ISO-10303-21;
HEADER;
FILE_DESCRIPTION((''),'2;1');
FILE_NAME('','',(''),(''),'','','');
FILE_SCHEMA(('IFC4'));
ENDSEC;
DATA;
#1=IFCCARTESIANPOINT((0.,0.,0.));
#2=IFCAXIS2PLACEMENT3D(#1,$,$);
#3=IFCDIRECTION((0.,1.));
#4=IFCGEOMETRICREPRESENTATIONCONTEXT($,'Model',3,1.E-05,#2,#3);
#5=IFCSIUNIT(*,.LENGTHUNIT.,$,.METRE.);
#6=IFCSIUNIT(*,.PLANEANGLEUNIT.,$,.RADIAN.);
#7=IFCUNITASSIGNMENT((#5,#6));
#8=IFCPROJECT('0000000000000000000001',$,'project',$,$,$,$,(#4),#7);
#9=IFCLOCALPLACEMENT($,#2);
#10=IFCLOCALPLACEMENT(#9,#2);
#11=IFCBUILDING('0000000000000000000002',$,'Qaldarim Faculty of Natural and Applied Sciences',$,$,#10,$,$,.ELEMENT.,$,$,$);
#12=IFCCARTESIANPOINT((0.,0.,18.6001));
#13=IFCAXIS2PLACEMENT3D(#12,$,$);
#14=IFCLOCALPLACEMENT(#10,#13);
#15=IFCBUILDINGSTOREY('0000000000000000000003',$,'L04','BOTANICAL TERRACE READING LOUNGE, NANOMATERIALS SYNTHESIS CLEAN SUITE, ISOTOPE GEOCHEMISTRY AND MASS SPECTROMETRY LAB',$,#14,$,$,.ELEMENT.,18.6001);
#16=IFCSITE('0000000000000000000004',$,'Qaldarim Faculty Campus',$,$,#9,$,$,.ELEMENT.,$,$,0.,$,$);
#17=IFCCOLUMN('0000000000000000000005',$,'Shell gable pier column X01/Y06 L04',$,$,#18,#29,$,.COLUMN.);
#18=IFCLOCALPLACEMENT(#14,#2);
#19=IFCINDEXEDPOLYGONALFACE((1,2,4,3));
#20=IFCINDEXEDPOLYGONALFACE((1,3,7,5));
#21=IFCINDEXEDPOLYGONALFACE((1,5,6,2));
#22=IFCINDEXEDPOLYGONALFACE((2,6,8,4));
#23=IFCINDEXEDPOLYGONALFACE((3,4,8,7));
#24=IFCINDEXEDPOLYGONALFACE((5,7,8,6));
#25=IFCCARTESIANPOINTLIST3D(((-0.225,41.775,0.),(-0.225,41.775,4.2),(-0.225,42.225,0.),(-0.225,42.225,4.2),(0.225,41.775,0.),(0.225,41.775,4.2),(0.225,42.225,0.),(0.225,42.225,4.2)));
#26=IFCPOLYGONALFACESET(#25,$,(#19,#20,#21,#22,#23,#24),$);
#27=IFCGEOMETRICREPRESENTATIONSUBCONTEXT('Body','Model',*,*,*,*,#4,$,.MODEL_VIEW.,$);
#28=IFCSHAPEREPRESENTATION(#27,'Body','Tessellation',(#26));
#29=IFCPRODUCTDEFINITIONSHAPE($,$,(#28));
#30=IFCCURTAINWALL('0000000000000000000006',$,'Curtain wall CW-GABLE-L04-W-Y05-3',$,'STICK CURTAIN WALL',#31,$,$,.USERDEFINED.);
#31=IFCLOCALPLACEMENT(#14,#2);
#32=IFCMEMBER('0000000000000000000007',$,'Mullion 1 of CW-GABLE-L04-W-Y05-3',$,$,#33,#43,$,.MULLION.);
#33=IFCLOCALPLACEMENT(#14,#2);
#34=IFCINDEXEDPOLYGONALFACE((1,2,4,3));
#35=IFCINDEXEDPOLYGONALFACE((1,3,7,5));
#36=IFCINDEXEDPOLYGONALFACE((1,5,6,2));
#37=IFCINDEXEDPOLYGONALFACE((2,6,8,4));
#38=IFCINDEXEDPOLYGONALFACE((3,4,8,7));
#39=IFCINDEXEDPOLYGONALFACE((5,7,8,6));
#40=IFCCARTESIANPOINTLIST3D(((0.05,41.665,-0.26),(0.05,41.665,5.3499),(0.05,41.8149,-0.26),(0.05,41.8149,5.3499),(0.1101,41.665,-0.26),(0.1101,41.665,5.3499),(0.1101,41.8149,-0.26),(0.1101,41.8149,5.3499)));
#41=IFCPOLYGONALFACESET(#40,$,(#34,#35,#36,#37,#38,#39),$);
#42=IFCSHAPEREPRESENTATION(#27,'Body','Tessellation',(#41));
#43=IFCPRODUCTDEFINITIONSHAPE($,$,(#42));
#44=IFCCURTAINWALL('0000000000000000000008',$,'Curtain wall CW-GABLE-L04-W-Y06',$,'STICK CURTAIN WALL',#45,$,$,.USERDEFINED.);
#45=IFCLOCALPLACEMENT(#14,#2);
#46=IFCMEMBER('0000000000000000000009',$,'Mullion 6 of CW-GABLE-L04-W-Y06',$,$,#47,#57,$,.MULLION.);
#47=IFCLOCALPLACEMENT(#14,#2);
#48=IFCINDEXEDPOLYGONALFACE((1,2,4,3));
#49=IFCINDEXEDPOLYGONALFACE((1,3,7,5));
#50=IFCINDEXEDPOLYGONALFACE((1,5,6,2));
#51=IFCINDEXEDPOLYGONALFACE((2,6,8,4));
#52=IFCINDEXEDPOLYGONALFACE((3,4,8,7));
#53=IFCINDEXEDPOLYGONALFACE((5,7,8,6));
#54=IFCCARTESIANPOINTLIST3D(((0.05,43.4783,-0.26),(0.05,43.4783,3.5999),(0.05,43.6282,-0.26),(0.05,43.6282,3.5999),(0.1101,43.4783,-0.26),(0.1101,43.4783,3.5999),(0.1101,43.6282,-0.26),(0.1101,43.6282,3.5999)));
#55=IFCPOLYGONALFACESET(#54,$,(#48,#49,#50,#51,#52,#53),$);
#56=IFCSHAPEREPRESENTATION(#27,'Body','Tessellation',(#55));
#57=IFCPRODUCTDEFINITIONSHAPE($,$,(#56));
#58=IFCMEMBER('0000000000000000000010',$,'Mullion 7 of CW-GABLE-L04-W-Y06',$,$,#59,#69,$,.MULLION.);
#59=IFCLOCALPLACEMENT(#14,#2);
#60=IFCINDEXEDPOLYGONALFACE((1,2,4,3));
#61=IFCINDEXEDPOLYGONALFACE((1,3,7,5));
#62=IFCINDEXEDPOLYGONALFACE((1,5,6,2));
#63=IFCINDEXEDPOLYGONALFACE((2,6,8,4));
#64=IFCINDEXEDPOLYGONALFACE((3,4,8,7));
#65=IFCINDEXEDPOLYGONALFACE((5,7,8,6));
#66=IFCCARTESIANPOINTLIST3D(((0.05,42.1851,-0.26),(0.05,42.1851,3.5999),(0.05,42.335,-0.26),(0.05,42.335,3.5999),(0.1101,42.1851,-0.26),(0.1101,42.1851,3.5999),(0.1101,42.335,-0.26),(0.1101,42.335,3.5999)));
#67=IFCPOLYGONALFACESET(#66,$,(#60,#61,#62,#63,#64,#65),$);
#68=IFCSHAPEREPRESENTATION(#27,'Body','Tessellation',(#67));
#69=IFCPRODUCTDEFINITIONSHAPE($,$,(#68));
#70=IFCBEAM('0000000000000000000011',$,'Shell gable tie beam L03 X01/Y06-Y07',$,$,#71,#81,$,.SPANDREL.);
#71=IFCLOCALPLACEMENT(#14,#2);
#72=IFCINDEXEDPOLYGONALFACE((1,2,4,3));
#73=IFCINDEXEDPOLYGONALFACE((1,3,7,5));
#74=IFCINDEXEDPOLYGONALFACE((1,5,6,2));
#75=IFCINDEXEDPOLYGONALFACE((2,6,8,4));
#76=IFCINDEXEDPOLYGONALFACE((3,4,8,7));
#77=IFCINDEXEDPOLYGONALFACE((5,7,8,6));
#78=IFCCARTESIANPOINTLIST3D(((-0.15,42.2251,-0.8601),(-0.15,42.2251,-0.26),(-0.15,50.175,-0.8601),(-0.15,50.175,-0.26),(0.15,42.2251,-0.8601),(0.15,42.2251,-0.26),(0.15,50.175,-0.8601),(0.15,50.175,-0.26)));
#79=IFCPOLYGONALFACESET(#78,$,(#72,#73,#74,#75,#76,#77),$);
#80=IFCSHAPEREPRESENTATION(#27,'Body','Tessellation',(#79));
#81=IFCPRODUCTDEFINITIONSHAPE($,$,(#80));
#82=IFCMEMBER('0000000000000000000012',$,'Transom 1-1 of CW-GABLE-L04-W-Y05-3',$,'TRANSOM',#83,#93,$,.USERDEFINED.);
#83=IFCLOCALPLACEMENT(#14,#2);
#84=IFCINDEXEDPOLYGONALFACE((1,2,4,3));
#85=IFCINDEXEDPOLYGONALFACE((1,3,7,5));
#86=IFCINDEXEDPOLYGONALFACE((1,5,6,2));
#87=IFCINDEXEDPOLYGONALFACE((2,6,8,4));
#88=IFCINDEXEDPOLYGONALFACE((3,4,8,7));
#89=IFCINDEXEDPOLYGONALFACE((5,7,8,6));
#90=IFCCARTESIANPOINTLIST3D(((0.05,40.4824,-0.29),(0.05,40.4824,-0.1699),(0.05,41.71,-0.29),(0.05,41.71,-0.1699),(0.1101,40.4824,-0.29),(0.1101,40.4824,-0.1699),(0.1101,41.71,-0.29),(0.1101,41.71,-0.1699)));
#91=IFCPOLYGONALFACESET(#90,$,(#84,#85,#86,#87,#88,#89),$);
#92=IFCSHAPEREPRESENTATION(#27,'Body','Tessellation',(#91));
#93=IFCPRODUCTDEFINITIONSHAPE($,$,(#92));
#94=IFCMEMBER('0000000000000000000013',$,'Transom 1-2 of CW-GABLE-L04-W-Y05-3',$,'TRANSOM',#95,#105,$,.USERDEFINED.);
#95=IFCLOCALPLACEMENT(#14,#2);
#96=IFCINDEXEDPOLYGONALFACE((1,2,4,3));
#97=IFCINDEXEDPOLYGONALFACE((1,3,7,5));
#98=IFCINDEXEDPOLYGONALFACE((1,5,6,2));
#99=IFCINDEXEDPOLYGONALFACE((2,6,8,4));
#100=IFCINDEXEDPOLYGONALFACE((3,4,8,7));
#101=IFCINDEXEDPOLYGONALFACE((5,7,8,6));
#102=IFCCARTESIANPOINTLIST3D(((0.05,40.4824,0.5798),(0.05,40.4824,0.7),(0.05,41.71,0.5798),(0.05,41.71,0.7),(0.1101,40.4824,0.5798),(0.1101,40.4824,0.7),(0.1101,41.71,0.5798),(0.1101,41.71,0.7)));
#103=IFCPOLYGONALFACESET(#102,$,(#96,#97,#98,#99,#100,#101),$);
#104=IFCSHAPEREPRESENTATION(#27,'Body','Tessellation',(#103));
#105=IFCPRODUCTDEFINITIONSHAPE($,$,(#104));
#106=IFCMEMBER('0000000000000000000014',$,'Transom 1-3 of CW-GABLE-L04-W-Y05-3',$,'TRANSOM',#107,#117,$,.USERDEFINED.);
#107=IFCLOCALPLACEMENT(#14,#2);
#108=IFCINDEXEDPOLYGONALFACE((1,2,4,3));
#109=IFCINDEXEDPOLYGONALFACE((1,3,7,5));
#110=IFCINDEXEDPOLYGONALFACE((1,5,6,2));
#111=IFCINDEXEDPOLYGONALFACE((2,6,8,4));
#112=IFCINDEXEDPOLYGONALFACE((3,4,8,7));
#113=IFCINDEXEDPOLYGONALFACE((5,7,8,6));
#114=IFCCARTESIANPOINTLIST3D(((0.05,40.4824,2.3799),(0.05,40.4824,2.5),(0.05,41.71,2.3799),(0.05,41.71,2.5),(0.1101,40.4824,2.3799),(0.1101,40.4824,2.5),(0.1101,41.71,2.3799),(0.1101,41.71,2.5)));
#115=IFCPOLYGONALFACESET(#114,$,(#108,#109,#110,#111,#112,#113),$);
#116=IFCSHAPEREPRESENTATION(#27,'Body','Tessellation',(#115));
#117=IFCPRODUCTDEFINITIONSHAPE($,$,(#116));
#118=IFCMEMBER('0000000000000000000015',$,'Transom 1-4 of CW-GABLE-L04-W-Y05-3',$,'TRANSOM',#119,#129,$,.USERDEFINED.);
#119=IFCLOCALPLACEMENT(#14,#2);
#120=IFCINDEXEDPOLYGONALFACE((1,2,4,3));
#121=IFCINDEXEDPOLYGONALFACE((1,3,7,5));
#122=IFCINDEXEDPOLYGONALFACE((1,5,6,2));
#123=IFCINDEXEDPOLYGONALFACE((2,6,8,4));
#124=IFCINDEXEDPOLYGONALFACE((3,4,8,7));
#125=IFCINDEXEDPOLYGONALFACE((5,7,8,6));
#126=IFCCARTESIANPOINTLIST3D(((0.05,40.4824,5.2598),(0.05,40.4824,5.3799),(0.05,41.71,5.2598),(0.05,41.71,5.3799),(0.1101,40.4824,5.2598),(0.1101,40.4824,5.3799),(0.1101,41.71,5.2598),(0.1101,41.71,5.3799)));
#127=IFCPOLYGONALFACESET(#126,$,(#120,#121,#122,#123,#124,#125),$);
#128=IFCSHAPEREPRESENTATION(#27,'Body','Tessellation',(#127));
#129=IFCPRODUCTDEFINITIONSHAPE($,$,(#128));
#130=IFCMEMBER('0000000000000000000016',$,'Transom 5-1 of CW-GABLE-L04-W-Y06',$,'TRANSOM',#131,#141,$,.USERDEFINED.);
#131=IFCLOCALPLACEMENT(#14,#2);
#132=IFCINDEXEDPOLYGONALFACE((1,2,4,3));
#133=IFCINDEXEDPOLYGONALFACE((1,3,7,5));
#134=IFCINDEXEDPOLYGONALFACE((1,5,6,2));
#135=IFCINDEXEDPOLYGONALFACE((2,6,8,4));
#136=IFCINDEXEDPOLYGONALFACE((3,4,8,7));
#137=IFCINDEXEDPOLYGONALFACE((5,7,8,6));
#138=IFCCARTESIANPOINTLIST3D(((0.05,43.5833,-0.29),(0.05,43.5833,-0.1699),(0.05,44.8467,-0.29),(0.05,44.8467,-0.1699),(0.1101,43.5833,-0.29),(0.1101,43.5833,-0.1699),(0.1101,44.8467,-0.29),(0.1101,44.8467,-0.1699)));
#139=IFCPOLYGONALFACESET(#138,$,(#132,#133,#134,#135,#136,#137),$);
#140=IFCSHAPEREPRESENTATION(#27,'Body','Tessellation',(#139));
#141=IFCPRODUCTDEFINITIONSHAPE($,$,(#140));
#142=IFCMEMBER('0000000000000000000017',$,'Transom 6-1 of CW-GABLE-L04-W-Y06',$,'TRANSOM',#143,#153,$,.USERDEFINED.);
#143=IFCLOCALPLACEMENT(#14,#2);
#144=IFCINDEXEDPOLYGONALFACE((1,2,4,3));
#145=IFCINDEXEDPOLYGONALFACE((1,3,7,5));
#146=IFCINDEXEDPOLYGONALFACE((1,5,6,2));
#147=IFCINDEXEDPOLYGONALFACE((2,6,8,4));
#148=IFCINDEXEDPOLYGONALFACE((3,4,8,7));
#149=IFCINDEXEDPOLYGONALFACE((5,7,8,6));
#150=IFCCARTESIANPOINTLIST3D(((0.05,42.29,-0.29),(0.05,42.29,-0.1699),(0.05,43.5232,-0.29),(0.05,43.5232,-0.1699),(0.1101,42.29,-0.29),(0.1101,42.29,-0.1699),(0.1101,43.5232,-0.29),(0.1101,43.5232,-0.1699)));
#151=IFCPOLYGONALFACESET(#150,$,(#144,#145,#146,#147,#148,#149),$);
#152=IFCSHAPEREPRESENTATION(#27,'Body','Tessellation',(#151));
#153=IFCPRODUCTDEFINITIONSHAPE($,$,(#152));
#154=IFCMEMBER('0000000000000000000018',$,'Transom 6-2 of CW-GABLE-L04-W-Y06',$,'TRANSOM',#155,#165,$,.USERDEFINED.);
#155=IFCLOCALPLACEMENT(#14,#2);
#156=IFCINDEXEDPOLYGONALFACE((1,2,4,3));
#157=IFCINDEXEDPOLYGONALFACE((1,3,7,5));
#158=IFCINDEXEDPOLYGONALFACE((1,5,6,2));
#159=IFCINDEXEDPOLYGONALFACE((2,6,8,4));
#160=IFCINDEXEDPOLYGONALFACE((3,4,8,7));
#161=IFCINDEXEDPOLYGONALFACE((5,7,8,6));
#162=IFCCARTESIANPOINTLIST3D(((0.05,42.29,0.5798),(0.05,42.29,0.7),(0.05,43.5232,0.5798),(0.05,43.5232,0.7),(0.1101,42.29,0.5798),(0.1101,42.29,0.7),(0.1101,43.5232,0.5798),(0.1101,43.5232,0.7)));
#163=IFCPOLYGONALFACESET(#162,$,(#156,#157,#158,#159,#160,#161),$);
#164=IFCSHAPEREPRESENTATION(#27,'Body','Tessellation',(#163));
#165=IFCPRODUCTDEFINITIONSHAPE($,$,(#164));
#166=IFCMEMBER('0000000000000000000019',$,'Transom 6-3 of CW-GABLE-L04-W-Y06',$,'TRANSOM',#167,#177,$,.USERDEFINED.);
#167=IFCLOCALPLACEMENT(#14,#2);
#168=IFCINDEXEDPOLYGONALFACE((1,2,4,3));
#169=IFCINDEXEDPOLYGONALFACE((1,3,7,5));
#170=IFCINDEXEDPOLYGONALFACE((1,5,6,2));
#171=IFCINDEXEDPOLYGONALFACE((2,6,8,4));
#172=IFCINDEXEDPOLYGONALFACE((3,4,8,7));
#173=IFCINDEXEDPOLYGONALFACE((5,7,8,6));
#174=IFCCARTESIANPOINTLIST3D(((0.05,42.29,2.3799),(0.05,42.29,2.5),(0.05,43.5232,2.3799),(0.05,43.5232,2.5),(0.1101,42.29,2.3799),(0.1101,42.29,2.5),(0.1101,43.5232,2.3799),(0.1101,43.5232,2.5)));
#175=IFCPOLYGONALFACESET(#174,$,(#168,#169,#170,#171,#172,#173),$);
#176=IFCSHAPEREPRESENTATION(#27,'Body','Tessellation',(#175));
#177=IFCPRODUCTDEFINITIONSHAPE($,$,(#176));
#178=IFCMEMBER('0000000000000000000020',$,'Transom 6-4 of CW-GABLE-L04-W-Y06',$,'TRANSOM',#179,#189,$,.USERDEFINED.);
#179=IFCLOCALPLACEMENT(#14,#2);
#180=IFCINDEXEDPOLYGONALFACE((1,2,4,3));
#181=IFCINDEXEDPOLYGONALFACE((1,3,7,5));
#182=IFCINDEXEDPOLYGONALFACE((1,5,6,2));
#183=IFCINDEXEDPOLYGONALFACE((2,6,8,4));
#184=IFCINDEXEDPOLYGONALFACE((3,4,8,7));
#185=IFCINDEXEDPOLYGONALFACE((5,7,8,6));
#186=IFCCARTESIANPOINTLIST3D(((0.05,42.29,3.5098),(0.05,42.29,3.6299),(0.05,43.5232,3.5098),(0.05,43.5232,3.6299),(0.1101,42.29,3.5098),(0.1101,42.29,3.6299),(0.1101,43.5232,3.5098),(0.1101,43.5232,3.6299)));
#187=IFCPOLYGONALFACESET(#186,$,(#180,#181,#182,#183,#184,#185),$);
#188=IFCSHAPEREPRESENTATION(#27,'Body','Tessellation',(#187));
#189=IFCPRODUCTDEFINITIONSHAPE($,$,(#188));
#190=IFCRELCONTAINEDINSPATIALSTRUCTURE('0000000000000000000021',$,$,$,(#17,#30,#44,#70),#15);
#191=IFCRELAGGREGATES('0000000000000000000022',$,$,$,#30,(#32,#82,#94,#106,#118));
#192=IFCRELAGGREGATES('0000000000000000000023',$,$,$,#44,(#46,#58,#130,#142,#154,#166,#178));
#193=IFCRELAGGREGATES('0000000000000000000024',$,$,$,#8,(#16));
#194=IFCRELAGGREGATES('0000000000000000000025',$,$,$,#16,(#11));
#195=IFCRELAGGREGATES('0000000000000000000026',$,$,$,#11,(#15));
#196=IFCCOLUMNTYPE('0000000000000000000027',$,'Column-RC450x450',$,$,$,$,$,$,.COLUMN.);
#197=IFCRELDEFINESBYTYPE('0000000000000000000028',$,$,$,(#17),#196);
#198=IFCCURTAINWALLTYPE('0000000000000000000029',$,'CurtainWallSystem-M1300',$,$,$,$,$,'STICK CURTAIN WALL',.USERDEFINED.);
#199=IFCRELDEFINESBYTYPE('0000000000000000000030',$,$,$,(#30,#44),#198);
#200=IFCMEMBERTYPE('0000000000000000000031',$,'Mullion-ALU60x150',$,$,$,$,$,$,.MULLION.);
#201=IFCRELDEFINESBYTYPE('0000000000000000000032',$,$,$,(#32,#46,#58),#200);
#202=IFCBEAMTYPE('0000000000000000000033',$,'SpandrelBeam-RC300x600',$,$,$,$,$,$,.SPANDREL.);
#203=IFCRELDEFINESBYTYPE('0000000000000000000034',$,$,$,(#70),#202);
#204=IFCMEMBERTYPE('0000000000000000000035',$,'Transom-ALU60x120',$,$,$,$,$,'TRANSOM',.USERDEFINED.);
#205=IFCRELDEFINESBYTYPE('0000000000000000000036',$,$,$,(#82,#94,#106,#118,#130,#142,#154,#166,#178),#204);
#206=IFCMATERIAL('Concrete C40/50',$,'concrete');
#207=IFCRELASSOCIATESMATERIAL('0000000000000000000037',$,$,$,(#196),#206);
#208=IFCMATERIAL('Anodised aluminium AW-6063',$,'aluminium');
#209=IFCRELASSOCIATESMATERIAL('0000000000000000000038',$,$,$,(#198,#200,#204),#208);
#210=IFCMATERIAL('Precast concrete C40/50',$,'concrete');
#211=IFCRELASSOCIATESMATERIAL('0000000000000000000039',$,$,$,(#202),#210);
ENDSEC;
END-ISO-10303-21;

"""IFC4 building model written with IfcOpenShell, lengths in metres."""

from ifc_helpers import new_model, si_unit, direction, frame, origin, origin_2d, place, context, subcontext, project, spatial, rectangle, extrude, material, material_profile, profile_set, type_object, element, aggregate, save


model = new_model("IFC4")

# Units and contexts
model_context = context("Model", 3, precision=1e-05, world=origin(), true_north=direction((0.0, 1.0)))
body_context = subcontext(model_context, "Body", "Model", "MODEL_VIEW")
ifc_project = project(units=[si_unit("LENGTHUNIT", "METRE"), si_unit("PLANEANGLEUNIT", "RADIAN")], contexts=[model_context])

# Site, building, storey
site_placement = place(None, origin())
site = spatial("IfcSite", under=ifc_project, at=site_placement, Name="Qaldarim Faculty Campus", CompositionType="ELEMENT", RefElevation=0.0)
building_placement = place(site_placement, origin())
building = spatial("IfcBuilding", under=site, at=building_placement, Name="Qaldarim Faculty of Natural and Applied Sciences", CompositionType="ELEMENT")
storey_placement = place(building_placement, frame((0.0, 0.0, 18.6001)))
storey = spatial("IfcBuildingStorey", under=building, at=storey_placement, Name="L04", Description="BOTANICAL TERRACE READING LOUNGE, NANOMATERIALS SYNTHESIS CLEAN SUITE, ISOTOPE GEOCHEMISTRY AND MASS SPECTROMETRY LAB", CompositionType="ELEMENT", Elevation=18.6001)

# Column
ifc_material_1 = material(Name="Concrete C40/50", Category="concrete")
ifc_material_profile_1 = material_profile(ifc_material_1, rectangle(XDim=0.45, YDim=0.45, at=origin_2d()), Name="RC-C450x450")
ifc_profile_set_1 = profile_set([ifc_material_profile_1], Name="Concrete C40/50")
column_type = type_object("IfcColumnType", Name="Column-RC450x450", PredefinedType="COLUMN", material=ifc_profile_set_1)
column_placement = place(storey_placement, frame((0.0, 42.0, 0.0), z_axis=(0.0, 0.0, 1.0), x_axis=(1.0, 0.0, 0.0)))
element("IfcColumn", 1, at=column_placement, inside=storey, type_object=column_type, Name="Shell gable pier column X01/Y06 L04", PredefinedType="COLUMN", context=body_context, shape_type="SweptSolid", body=[
    extrude(rectangle(XDim=0.45, YDim=0.45, at=origin_2d()), origin(), (0.0, 0.0, 1.0), 4.2),
])

# Curtain wall, member
ifc_material_2 = material(Name="Anodised aluminium AW-6063", Category="aluminium")
curtain_wall_type = type_object("IfcCurtainWallType", Name="CurtainWallSystem-M1300", ElementType="STICK CURTAIN WALL", PredefinedType="USERDEFINED", material=ifc_material_2)
curtain_wall_1_placement = place(storey_placement, origin())
curtain_wall_1 = element("IfcCurtainWall", 2, at=curtain_wall_1_placement, inside=storey, type_object=curtain_wall_type, Name="Curtain wall CW-GABLE-L04-W-Y05-3", ObjectType="STICK CURTAIN WALL", PredefinedType="USERDEFINED")
ifc_material_profile_2 = material_profile(ifc_material_2, rectangle(XDim=0.0601, YDim=0.1499, at=origin_2d()), Name="ALU-M60x150")
ifc_profile_set_2 = profile_set([ifc_material_profile_2], Name="Anodised aluminium AW-6063")
member_type_1 = type_object("IfcMemberType", Name="Mullion-ALU60x150", PredefinedType="MULLION", material=ifc_profile_set_2)
member_1_placement = place(storey_placement, frame((0.0801, 41.74, -0.26), z_axis=(0.0, 0.0, 1.0), x_axis=(1.0, 0.0, 0.0)))
member_1 = element("IfcMember", 3, at=member_1_placement, type_object=member_type_1, Name="Mullion 1 of CW-GABLE-L04-W-Y05-3", PredefinedType="MULLION", context=body_context, shape_type="SweptSolid", body=[
    extrude(rectangle(XDim=0.0601, YDim=0.1499, at=origin_2d()), origin(), (0.0, 0.0, 1.0), 5.6099),
])

# Curtain wall, members
curtain_wall_2_placement = place(storey_placement, origin())
curtain_wall_2 = element("IfcCurtainWall", 4, at=curtain_wall_2_placement, inside=storey, type_object=curtain_wall_type, Name="Curtain wall CW-GABLE-L04-W-Y06", ObjectType="STICK CURTAIN WALL", PredefinedType="USERDEFINED")
member_2_placement = place(storey_placement, frame((0.0801, 43.5532, -0.26), z_axis=(0.0, 0.0, 1.0), x_axis=(1.0, 0.0, 0.0)))
member_2 = element("IfcMember", 5, at=member_2_placement, type_object=member_type_1, Name="Mullion 6 of CW-GABLE-L04-W-Y06", PredefinedType="MULLION", context=body_context, shape_type="SweptSolid", body=[
    extrude(rectangle(XDim=0.0601, YDim=0.1499, at=origin_2d()), origin(), (0.0, 0.0, 1.0), 3.8599),
])
member_3_placement = place(storey_placement, frame((0.0801, 42.26, -0.26), z_axis=(0.0, 0.0, 1.0), x_axis=(1.0, 0.0, 0.0)))
member_3 = element("IfcMember", 6, at=member_3_placement, type_object=member_type_1, Name="Mullion 7 of CW-GABLE-L04-W-Y06", PredefinedType="MULLION", context=body_context, shape_type="SweptSolid", body=[
    extrude(rectangle(XDim=0.0601, YDim=0.1499, at=origin_2d()), origin(), (0.0, 0.0, 1.0), 3.8599),
])

# Beam
ifc_material_3 = material(Name="Precast concrete C40/50", Category="concrete")
ifc_material_profile_3 = material_profile(ifc_material_3, rectangle(XDim=0.3, YDim=0.6001, at=origin_2d()), Name="RC-SP300x600")
ifc_profile_set_3 = profile_set([ifc_material_profile_3], Name="Precast concrete C40/50")
beam_type = type_object("IfcBeamType", Name="SpandrelBeam-RC300x600", PredefinedType="SPANDREL", material=ifc_profile_set_3)
beam_placement = place(storey_placement, frame((0.0, 42.2251, -0.5601), z_axis=(0.0, 1.0, 0.0), x_axis=(-1.0, 0.0, 0.0)))
element("IfcBeam", 7, at=beam_placement, inside=storey, type_object=beam_type, Name="Shell gable tie beam L03 X01/Y06-Y07", PredefinedType="SPANDREL", context=body_context, shape_type="SweptSolid", body=[
    extrude(rectangle(XDim=0.3, YDim=0.6001, at=origin_2d()), origin(), (0.0, 0.0, 1.0), 7.95),
])

# Members
ifc_material_profile_4 = material_profile(ifc_material_2, rectangle(XDim=0.0601, YDim=0.1201, at=origin_2d()), Name="ALU-T60x120")
ifc_profile_set_4 = profile_set([ifc_material_profile_4], Name="Anodised aluminium AW-6063")
member_type_2 = type_object("IfcMemberType", Name="Transom-ALU60x120", ElementType="TRANSOM", PredefinedType="USERDEFINED", material=ifc_profile_set_4)
member_4_placement = place(storey_placement, frame((0.0801, 41.71, -0.23), z_axis=(0.0, -1.0, 0.0), x_axis=(1.0, 0.0, 0.0)))
member_4 = element("IfcMember", 8, at=member_4_placement, type_object=member_type_2, Name="Transom 1-1 of CW-GABLE-L04-W-Y05-3", ObjectType="TRANSOM", PredefinedType="USERDEFINED", context=body_context, shape_type="SweptSolid", body=[
    extrude(rectangle(XDim=0.0601, YDim=0.1201, at=origin_2d()), origin(), (0.0, 0.0, 1.0), 1.2275),
])
member_5_placement = place(storey_placement, frame((0.0801, 41.71, 0.6399), z_axis=(0.0, -1.0, 0.0), x_axis=(1.0, 0.0, 0.0)))
member_5 = element("IfcMember", 9, at=member_5_placement, type_object=member_type_2, Name="Transom 1-2 of CW-GABLE-L04-W-Y05-3", ObjectType="TRANSOM", PredefinedType="USERDEFINED", context=body_context, shape_type="SweptSolid", body=[
    extrude(rectangle(XDim=0.0601, YDim=0.1201, at=origin_2d()), origin(), (0.0, 0.0, 1.0), 1.2275),
])
member_6_placement = place(storey_placement, frame((0.0801, 41.71, 2.4399), z_axis=(0.0, -1.0, 0.0), x_axis=(1.0, 0.0, 0.0)))
member_6 = element("IfcMember", 10, at=member_6_placement, type_object=member_type_2, Name="Transom 1-3 of CW-GABLE-L04-W-Y05-3", ObjectType="TRANSOM", PredefinedType="USERDEFINED", context=body_context, shape_type="SweptSolid", body=[
    extrude(rectangle(XDim=0.0601, YDim=0.1201, at=origin_2d()), origin(), (0.0, 0.0, 1.0), 1.2275),
])
member_7_placement = place(storey_placement, frame((0.0801, 41.71, 5.3198), z_axis=(0.0, -1.0, 0.0), x_axis=(1.0, 0.0, 0.0)))
member_7 = element("IfcMember", 11, at=member_7_placement, type_object=member_type_2, Name="Transom 1-4 of CW-GABLE-L04-W-Y05-3", ObjectType="TRANSOM", PredefinedType="USERDEFINED", context=body_context, shape_type="SweptSolid", body=[
    extrude(rectangle(XDim=0.0601, YDim=0.1201, at=origin_2d()), origin(), (0.0, 0.0, 1.0), 1.2275),
])
member_8_placement = place(storey_placement, frame((0.0801, 44.8467, -0.23), z_axis=(0.0, -1.0, 0.0), x_axis=(1.0, 0.0, 0.0)))
member_8 = element("IfcMember", 12, at=member_8_placement, type_object=member_type_2, Name="Transom 5-1 of CW-GABLE-L04-W-Y06", ObjectType="TRANSOM", PredefinedType="USERDEFINED", context=body_context, shape_type="SweptSolid", body=[
    extrude(rectangle(XDim=0.0601, YDim=0.1201, at=origin_2d()), origin(), (0.0, 0.0, 1.0), 1.2634),
])
member_9_placement = place(storey_placement, frame((0.0801, 43.5232, -0.23), z_axis=(0.0, -1.0, 0.0), x_axis=(1.0, 0.0, 0.0)))
member_9 = element("IfcMember", 13, at=member_9_placement, type_object=member_type_2, Name="Transom 6-1 of CW-GABLE-L04-W-Y06", ObjectType="TRANSOM", PredefinedType="USERDEFINED", context=body_context, shape_type="SweptSolid", body=[
    extrude(rectangle(XDim=0.0601, YDim=0.1201, at=origin_2d()), origin(), (0.0, 0.0, 1.0), 1.2332),
])
member_10_placement = place(storey_placement, frame((0.0801, 43.5232, 0.6399), z_axis=(0.0, -1.0, 0.0), x_axis=(1.0, 0.0, 0.0)))
member_10 = element("IfcMember", 14, at=member_10_placement, type_object=member_type_2, Name="Transom 6-2 of CW-GABLE-L04-W-Y06", ObjectType="TRANSOM", PredefinedType="USERDEFINED", context=body_context, shape_type="SweptSolid", body=[
    extrude(rectangle(XDim=0.0601, YDim=0.1201, at=origin_2d()), origin(), (0.0, 0.0, 1.0), 1.2332),
])
member_11_placement = place(storey_placement, frame((0.0801, 43.5232, 2.4399), z_axis=(0.0, -1.0, 0.0), x_axis=(1.0, 0.0, 0.0)))
member_11 = element("IfcMember", 15, at=member_11_placement, type_object=member_type_2, Name="Transom 6-3 of CW-GABLE-L04-W-Y06", ObjectType="TRANSOM", PredefinedType="USERDEFINED", context=body_context, shape_type="SweptSolid", body=[
    extrude(rectangle(XDim=0.0601, YDim=0.1201, at=origin_2d()), origin(), (0.0, 0.0, 1.0), 1.2332),
])
member_12_placement = place(storey_placement, frame((0.0801, 43.5232, 3.5698), z_axis=(0.0, -1.0, 0.0), x_axis=(1.0, 0.0, 0.0)))
member_12 = element("IfcMember", 16, at=member_12_placement, type_object=member_type_2, Name="Transom 6-4 of CW-GABLE-L04-W-Y06", ObjectType="TRANSOM", PredefinedType="USERDEFINED", context=body_context, shape_type="SweptSolid", body=[
    extrude(rectangle(XDim=0.0601, YDim=0.1201, at=origin_2d()), origin(), (0.0, 0.0, 1.0), 1.2332),
])

aggregate(curtain_wall_1, [member_1, member_4, member_5, member_6, member_7])
aggregate(curtain_wall_2, [member_2, member_3, member_8, member_9, member_10, member_11, member_12])

save(model, "model.ifc")
